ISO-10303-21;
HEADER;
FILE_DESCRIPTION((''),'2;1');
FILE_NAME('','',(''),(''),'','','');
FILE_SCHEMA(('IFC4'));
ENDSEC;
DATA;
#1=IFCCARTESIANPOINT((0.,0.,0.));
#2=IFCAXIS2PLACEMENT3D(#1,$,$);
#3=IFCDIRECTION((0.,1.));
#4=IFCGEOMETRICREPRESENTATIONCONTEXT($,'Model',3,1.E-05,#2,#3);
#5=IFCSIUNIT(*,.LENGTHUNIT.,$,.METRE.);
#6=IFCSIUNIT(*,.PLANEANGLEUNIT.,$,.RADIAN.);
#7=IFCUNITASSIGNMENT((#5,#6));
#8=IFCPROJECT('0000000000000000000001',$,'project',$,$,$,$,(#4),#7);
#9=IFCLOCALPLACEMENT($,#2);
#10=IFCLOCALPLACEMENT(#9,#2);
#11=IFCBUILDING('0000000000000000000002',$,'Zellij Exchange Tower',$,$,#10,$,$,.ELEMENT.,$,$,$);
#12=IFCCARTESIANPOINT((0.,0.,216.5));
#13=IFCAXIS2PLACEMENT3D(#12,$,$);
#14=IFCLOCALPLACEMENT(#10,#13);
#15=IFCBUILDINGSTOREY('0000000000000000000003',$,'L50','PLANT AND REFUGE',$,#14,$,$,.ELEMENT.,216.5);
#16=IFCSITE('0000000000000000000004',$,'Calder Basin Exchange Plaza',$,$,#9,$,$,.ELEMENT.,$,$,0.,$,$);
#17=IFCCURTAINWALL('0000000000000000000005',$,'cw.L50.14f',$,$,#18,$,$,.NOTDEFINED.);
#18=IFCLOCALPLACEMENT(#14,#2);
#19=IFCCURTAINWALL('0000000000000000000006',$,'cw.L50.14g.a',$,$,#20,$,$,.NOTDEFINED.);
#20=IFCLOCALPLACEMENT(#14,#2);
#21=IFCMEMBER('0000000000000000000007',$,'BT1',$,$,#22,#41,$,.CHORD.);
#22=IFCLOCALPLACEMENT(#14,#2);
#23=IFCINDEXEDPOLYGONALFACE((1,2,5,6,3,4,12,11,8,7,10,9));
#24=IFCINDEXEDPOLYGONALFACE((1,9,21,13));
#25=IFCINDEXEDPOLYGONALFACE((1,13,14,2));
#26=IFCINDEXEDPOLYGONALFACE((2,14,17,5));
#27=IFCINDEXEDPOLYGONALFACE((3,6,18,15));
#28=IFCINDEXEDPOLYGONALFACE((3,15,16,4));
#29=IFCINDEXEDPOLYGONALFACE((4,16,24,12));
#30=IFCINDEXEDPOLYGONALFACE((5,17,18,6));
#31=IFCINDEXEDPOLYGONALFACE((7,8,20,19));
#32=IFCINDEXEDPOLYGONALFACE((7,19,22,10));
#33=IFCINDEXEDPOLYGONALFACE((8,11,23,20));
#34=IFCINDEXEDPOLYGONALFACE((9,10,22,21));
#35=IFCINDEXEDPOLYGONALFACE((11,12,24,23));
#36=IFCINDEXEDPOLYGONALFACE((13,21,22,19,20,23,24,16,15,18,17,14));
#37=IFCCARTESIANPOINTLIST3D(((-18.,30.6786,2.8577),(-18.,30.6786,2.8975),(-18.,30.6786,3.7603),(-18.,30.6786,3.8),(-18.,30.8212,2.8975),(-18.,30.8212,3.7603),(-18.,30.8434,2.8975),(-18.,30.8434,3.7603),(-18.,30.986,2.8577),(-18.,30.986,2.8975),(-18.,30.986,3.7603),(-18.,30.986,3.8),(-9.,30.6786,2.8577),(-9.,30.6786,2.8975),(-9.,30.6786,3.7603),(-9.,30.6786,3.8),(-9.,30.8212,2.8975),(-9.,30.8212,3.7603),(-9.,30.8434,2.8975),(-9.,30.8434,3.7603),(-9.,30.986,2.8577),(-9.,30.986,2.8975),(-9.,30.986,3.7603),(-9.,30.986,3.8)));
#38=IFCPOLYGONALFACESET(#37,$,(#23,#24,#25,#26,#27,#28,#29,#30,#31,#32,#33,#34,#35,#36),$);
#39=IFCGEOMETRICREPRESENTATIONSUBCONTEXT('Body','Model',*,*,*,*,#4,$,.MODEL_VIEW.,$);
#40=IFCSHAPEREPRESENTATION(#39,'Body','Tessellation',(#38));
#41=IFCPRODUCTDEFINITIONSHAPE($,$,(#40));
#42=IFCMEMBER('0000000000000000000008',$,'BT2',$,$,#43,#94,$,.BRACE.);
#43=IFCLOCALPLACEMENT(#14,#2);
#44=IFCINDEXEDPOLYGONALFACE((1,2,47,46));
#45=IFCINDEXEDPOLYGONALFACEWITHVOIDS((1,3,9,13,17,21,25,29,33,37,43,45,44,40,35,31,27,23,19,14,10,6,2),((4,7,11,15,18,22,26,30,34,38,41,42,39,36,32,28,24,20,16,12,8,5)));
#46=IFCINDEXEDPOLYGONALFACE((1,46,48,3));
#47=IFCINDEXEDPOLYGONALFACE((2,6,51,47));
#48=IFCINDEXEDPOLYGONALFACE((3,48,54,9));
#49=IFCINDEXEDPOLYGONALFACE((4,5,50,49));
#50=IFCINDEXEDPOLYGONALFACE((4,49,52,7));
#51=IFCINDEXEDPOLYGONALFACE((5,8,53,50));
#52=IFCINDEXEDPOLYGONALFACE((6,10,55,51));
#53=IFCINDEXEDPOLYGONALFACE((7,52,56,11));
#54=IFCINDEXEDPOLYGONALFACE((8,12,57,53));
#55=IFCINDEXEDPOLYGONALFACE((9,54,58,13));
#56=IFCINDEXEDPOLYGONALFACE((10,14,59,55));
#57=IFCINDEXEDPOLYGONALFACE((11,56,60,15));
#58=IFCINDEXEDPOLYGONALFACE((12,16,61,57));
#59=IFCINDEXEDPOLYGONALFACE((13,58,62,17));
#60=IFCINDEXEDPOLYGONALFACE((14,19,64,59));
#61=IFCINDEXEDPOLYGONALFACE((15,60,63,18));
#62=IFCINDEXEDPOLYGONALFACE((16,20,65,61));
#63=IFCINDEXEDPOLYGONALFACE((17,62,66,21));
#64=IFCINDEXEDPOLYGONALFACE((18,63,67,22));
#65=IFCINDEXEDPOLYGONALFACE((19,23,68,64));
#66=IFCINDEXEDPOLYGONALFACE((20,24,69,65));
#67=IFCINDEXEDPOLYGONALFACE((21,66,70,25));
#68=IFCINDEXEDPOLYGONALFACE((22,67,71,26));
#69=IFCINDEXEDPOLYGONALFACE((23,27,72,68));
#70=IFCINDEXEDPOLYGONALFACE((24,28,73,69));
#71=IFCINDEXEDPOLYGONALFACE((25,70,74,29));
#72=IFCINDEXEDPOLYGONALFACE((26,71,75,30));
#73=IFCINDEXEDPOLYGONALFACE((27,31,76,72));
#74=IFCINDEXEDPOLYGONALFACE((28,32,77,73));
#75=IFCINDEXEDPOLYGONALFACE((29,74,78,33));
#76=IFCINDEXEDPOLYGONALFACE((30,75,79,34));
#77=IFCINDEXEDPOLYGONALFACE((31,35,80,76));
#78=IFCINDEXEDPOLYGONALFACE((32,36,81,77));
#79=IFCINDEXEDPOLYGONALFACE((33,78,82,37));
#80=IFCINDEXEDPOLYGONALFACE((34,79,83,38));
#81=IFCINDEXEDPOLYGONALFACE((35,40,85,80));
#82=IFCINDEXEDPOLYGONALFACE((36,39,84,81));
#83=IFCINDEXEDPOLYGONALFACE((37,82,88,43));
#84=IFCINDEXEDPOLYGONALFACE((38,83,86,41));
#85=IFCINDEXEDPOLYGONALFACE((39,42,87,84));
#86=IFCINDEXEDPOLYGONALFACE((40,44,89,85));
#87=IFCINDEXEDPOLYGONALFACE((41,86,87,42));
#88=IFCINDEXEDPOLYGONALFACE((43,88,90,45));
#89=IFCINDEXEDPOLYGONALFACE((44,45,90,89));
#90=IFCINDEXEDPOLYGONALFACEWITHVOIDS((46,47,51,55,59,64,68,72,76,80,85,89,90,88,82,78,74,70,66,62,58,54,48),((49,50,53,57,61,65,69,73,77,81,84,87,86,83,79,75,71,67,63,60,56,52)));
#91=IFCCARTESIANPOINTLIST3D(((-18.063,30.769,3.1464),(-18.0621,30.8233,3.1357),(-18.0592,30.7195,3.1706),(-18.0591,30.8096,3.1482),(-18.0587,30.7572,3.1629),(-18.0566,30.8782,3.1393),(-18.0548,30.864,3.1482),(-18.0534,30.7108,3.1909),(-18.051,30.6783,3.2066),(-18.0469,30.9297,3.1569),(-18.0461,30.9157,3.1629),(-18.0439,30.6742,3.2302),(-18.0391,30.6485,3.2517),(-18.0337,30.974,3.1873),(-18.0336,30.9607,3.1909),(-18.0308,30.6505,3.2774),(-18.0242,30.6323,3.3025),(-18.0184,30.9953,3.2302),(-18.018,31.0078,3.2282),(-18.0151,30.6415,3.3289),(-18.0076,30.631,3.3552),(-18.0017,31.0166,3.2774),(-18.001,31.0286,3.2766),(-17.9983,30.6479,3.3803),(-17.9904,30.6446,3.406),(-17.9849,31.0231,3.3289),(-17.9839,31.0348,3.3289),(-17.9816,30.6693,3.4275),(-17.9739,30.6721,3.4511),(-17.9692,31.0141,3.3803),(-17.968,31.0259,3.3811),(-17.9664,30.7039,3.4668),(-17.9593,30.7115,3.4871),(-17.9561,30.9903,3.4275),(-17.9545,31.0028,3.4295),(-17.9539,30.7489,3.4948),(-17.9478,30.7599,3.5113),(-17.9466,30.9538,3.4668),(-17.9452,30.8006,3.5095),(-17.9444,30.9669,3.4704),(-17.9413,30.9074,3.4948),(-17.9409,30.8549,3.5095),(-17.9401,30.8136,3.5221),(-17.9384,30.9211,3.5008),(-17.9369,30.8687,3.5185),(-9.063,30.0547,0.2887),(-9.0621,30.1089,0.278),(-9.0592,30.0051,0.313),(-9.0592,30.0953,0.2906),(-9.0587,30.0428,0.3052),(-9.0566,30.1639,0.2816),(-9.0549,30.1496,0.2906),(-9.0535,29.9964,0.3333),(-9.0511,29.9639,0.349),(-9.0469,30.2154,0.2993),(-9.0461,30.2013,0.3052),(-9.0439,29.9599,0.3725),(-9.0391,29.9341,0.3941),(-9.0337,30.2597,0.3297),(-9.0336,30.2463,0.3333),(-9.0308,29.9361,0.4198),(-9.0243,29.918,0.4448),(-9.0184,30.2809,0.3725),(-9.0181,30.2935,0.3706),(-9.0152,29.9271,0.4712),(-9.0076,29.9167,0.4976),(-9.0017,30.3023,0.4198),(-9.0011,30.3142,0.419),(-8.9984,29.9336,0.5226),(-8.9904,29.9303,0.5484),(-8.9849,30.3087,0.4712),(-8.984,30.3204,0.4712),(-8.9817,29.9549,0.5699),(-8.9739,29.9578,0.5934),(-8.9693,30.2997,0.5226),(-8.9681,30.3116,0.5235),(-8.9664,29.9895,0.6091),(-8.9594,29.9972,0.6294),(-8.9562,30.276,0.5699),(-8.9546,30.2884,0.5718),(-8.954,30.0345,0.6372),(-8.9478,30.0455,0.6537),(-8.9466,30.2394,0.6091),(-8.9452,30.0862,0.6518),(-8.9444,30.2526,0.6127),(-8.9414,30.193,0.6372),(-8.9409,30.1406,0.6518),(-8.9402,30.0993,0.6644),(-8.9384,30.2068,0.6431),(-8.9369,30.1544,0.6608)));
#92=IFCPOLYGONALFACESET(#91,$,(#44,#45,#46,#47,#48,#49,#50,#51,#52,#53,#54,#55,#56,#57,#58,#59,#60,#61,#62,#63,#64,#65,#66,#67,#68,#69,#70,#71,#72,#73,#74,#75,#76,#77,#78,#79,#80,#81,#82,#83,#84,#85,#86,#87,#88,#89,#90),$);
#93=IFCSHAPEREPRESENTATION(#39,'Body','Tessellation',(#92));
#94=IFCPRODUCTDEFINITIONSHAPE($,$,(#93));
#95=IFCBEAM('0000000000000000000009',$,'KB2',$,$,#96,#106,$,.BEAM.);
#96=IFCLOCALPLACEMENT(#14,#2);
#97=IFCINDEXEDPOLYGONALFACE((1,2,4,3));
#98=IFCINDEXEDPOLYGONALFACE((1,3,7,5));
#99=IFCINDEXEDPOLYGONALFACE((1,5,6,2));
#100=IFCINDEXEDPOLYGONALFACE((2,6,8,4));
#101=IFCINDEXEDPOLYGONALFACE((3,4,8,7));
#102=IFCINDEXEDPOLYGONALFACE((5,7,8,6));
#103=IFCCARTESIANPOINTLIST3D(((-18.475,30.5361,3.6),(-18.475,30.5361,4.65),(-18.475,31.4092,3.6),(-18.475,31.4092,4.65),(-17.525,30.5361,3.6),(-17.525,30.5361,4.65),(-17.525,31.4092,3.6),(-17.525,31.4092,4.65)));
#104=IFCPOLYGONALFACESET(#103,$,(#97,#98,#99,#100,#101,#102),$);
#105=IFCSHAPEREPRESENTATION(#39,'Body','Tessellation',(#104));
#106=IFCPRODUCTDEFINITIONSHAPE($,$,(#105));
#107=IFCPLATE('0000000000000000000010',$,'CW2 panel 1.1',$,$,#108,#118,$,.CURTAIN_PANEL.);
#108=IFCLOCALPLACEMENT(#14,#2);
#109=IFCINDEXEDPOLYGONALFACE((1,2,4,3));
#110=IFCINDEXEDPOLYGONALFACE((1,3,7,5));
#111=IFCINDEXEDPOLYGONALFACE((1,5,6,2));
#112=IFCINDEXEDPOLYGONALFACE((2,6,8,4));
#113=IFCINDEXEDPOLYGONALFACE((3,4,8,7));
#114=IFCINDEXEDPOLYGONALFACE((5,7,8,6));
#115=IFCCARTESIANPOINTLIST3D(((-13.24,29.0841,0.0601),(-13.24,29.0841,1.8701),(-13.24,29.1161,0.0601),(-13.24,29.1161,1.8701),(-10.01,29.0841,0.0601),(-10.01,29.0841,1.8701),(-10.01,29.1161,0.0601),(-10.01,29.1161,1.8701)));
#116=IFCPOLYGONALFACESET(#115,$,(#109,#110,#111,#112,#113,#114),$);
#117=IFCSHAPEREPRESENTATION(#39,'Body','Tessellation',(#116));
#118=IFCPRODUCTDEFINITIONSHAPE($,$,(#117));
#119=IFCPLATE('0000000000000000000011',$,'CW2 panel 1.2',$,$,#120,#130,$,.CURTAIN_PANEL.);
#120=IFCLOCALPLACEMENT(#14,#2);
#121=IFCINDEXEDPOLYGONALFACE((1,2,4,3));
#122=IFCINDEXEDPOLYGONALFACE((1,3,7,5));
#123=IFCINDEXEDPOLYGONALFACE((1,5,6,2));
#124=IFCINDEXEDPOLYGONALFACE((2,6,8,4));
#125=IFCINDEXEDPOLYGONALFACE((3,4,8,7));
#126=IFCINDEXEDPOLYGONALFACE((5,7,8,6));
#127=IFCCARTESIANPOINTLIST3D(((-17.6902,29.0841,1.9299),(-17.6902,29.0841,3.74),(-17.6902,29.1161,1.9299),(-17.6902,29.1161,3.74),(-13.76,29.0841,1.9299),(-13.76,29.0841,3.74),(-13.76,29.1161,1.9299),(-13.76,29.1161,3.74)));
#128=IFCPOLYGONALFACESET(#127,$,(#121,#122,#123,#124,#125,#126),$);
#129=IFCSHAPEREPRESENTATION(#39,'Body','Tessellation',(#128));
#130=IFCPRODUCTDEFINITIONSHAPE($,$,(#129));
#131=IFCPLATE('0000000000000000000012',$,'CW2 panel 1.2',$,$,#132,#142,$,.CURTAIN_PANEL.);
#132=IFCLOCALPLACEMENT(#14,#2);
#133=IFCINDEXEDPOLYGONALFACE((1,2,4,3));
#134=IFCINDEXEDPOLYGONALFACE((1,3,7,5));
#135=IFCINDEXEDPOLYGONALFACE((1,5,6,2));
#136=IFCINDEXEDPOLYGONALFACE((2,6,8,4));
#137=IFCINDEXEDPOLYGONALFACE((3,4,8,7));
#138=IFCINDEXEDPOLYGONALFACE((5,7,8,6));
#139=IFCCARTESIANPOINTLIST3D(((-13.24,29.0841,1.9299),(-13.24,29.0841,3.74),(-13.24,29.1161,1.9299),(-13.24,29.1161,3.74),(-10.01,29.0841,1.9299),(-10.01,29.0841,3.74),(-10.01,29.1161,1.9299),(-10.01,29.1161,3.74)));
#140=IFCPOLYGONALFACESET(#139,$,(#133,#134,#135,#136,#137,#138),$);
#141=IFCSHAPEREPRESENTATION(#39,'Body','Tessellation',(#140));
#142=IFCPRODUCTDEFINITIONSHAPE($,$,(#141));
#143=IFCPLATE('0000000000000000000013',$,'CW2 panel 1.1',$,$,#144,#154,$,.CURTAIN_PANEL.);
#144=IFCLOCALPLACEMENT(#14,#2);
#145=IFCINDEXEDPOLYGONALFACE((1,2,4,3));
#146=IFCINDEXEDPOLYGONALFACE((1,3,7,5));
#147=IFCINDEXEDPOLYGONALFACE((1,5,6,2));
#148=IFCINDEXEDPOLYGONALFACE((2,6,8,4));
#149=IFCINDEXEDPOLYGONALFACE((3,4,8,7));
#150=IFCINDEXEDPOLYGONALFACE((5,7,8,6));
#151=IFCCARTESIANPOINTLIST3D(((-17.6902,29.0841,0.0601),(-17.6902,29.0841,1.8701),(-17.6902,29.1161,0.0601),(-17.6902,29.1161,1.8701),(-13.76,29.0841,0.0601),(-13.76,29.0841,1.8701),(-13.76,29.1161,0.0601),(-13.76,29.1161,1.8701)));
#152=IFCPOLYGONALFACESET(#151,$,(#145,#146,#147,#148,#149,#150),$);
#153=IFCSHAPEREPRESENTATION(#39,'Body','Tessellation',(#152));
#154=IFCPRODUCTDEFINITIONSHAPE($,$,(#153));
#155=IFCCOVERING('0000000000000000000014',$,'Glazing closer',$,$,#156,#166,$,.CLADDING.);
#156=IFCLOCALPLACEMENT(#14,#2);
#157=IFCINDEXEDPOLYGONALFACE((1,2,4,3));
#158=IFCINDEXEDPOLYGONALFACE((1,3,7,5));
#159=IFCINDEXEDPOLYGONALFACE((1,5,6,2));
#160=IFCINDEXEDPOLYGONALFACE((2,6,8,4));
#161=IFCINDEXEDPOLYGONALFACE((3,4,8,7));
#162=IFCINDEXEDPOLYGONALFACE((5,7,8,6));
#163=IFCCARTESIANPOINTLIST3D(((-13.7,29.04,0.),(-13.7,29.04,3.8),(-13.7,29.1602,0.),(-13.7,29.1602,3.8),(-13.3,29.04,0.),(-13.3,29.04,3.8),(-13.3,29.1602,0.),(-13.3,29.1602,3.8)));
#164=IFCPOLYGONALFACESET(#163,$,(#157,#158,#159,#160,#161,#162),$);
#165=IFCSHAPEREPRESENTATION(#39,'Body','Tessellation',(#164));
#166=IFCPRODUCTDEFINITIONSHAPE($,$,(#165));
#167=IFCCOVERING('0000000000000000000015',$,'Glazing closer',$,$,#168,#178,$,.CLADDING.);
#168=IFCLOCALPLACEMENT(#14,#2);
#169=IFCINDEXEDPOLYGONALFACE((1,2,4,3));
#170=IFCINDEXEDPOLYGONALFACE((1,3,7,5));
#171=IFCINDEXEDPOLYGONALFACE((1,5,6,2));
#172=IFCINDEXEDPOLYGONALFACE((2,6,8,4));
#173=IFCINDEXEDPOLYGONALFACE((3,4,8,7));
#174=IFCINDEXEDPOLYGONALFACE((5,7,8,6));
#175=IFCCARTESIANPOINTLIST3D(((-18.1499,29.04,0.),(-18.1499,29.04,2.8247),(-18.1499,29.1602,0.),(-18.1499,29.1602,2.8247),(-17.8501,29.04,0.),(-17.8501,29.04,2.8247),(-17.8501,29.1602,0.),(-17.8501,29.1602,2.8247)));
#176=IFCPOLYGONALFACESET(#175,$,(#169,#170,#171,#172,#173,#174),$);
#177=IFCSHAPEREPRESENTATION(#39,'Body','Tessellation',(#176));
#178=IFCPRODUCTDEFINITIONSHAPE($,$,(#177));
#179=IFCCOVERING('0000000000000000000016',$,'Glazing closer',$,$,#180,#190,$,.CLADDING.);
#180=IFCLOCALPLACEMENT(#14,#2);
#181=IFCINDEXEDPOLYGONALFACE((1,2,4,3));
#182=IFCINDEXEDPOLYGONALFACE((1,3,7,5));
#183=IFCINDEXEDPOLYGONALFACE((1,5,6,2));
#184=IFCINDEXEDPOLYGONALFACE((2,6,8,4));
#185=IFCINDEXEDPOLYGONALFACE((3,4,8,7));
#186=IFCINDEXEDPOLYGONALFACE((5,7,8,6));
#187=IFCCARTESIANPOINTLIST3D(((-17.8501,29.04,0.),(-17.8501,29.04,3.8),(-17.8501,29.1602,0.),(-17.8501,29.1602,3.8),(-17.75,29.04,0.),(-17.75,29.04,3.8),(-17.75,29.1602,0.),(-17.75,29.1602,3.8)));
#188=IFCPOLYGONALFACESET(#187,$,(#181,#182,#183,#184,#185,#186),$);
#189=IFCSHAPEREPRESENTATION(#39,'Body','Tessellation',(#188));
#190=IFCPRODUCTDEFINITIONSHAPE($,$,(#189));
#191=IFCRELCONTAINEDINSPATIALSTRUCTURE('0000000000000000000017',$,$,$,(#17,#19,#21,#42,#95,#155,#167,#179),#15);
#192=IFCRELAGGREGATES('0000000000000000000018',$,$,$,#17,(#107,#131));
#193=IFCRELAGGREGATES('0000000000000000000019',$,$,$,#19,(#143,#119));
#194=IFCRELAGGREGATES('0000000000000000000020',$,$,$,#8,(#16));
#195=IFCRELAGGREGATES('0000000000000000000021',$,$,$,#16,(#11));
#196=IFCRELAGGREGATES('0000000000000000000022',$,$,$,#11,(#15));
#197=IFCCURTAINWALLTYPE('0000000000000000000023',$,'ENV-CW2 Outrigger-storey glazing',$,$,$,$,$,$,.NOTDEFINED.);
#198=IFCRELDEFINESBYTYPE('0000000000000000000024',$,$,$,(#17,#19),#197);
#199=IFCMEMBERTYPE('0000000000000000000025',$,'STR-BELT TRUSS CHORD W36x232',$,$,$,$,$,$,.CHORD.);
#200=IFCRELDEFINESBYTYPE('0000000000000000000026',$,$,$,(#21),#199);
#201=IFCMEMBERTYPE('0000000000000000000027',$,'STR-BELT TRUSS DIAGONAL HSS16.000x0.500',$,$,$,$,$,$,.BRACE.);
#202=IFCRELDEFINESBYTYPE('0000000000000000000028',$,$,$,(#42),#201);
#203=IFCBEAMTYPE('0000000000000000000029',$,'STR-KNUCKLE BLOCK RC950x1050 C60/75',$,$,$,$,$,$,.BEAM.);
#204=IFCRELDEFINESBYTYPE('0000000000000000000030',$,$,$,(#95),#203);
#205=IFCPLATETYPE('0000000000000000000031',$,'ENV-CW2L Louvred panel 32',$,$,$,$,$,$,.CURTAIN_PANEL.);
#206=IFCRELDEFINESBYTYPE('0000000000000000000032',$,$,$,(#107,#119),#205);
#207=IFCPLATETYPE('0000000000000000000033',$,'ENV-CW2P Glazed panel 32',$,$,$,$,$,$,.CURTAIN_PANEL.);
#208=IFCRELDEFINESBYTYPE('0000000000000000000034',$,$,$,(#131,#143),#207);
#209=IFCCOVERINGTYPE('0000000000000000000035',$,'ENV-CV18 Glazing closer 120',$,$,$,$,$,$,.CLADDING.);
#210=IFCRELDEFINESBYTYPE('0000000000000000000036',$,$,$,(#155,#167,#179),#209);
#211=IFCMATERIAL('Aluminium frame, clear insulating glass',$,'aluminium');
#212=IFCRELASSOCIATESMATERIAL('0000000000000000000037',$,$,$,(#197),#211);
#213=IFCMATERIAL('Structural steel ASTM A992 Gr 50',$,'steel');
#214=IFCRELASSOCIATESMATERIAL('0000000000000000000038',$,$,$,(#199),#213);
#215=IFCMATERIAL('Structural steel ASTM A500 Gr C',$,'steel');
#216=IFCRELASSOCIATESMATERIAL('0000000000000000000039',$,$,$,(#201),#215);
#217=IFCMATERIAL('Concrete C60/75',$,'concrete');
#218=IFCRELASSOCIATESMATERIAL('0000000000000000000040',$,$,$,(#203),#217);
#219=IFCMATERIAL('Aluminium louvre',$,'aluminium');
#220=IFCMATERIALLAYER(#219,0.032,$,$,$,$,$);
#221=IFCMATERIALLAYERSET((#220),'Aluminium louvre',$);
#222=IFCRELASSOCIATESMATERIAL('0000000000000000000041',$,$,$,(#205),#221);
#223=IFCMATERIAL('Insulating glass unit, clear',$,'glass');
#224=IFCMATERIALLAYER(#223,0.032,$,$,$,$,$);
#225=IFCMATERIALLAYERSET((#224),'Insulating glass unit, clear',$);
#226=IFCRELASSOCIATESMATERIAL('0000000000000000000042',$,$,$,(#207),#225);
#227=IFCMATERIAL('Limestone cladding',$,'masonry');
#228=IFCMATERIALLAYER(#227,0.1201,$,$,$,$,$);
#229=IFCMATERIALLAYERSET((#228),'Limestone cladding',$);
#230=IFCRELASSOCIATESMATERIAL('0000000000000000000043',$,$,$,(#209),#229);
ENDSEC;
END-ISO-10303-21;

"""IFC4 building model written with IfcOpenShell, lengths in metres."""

from ifc_helpers import new_model, si_unit, direction, frame, origin, origin_2d, place, context, subcontext, project, spatial, rectangle, hollow_circle, i_section, extrude, material, layer, layer_set, material_profile, profile_set, type_object, element, aggregate, save


model = new_model("IFC4")

# Units and contexts
model_context = context("Model", 3, precision=1e-05, world=origin(), true_north=direction((0.0, 1.0)))
body_context = subcontext(model_context, "Body", "Model", "MODEL_VIEW")
ifc_project = project(units=[si_unit("LENGTHUNIT", "METRE"), si_unit("PLANEANGLEUNIT", "RADIAN")], contexts=[model_context])

# Site, building, storey
site_placement = place(None, origin())
site = spatial("IfcSite", under=ifc_project, at=site_placement, Name="Calder Basin Exchange Plaza", CompositionType="ELEMENT", RefElevation=0.0)
building_placement = place(site_placement, origin())
building = spatial("IfcBuilding", under=site, at=building_placement, Name="Zellij Exchange Tower", CompositionType="ELEMENT")
storey_placement = place(building_placement, frame((0.0, 0.0, 216.5)))
storey = spatial("IfcBuildingStorey", under=building, at=storey_placement, Name="L50", Description="PLANT AND REFUGE", CompositionType="ELEMENT", Elevation=216.5)

# Shared definitions
ifc_material_1 = material(Name="Concrete C60/75", Category="concrete")

# Curtain walls
ifc_material_2 = material(Name="Aluminium frame, clear insulating glass", Category="aluminium")
curtain_wall_type = type_object("IfcCurtainWallType", Name="ENV-CW2 Outrigger-storey glazing", PredefinedType="NOTDEFINED", material=ifc_material_2)
curtain_wall_1_placement = place(storey_placement, origin())
curtain_wall_1 = element("IfcCurtainWall", 1, at=curtain_wall_1_placement, inside=storey, type_object=curtain_wall_type, Name="cw.L50.14f", PredefinedType="NOTDEFINED")
curtain_wall_2_placement = place(storey_placement, origin())
curtain_wall_2 = element("IfcCurtainWall", 2, at=curtain_wall_2_placement, inside=storey, type_object=curtain_wall_type, Name="cw.L50.14g.a", PredefinedType="NOTDEFINED")

# Members
ifc_material_3 = material(Name="Structural steel ASTM A992 Gr 50", Category="steel")
ifc_material_profile_1 = material_profile(ifc_material_3, i_section(OverallWidth=0.3074, OverallDepth=0.9424, WebThickness=0.0222, FlangeThickness=0.0398, at=origin_2d()), Name="W36x232")
ifc_profile_set_1 = profile_set([ifc_material_profile_1], Name="Structural steel ASTM A992 Gr 50")
member_type_1 = type_object("IfcMemberType", Name="STR-BELT TRUSS CHORD W36x232", PredefinedType="CHORD", material=ifc_profile_set_1)
for number, where, z_axis, x_axis, name in (
    (3, (-18.0, 30.8323, 3.3289), (1.0, 0.0, 0.0), (0.0, 1.0, 0.0), "BT1"),
):
    element("IfcMember", number, at=place(storey_placement, frame(where, z_axis=z_axis, x_axis=x_axis)), inside=storey, type_object=member_type_1, Name=name, PredefinedType="CHORD", context=body_context, shape_type="SweptSolid", body=[
        extrude(i_section(OverallWidth=0.3074, OverallDepth=0.9424, WebThickness=0.0222, FlangeThickness=0.0398, at=origin_2d()), origin(), (0.0, 0.0, 1.0), 9.0),
    ])
ifc_material_4 = material(Name="Structural steel ASTM A500 Gr C", Category="steel")
ifc_material_profile_2 = material_profile(ifc_material_4, hollow_circle(Radius=0.2031, WallThickness=0.0117, at=origin_2d()), Name="STR-BELT TRUSS DIAGONAL HSS16.000x0.500")
ifc_profile_set_2 = profile_set([ifc_material_profile_2], Name="Structural steel ASTM A500 Gr C")
member_type_2 = type_object("IfcMemberType", Name="STR-BELT TRUSS DIAGONAL HSS16.000x0.500", PredefinedType="BRACE", material=ifc_profile_set_2)
member_1_placement = place(storey_placement, frame((-18.0, 30.8323, 3.3289), z_axis=(0.950393, -0.075435, -0.301767), x_axis=(0.079124, 0.996865, 0.0)))
element("IfcMember", 4, at=member_1_placement, inside=storey, type_object=member_type_2, Name="BT2", PredefinedType="BRACE", context=body_context, shape_type="SweptSolid", body=[
    extrude(hollow_circle(Radius=0.2031, WallThickness=0.0117, at=origin_2d()), origin(), (0.0, 0.0, 1.0), 9.4697),
])

# Beam
ifc_material_profile_3 = material_profile(ifc_material_1, rectangle(XDim=0.95, YDim=1.05, at=origin_2d()), Name="STR-KNUCKLE BLOCK RC950x1050 C60/75")
ifc_profile_set_3 = profile_set([ifc_material_profile_3], Name="Concrete C60/75")
beam_type = type_object("IfcBeamType", Name="STR-KNUCKLE BLOCK RC950x1050 C60/75", PredefinedType="BEAM", material=ifc_profile_set_3)
beam_placement = place(storey_placement, frame((-18.0, 30.5361, 4.125), z_axis=(0.0, 1.0, 0.0), x_axis=(-1.0, 0.0, 0.0)))
element("IfcBeam", 5, at=beam_placement, inside=storey, type_object=beam_type, Name="KB2", PredefinedType="BEAM", context=body_context, shape_type="SweptSolid", body=[
    extrude(rectangle(XDim=0.95, YDim=1.05, at=origin_2d()), origin(), (0.0, 0.0, 1.0), 0.873),
])

# Plates
ifc_material_5 = material(Name="Aluminium louvre", Category="aluminium")
ifc_layer_1 = layer(ifc_material_5, 0.032)
ifc_layer_set_1 = layer_set([ifc_layer_1], Name="Aluminium louvre")
plate_type_1 = type_object("IfcPlateType", Name="ENV-CW2L Louvred panel 32", PredefinedType="CURTAIN_PANEL", material=ifc_layer_set_1)
plate_1_placement = place(storey_placement, frame((-11.625, 29.1001, 0.0601), z_axis=(0.0, 0.0, 1.0), x_axis=(-1.0, 0.0, 0.0)))
plate_1 = element("IfcPlate", 6, at=plate_1_placement, type_object=plate_type_1, Name="CW2 panel 1.1", PredefinedType="CURTAIN_PANEL", context=body_context, shape_type="SweptSolid", body=[
    extrude(rectangle(XDim=3.23, YDim=0.032, at=origin_2d()), origin(), (0.0, 0.0, 1.0), 1.8101),
])
plate_2_placement = place(storey_placement, frame((-15.7251, 29.1001, 1.9299), z_axis=(0.0, 0.0, 1.0), x_axis=(-1.0, 0.0, 0.0)))
plate_2 = element("IfcPlate", 7, at=plate_2_placement, type_object=plate_type_1, Name="CW2 panel 1.2", PredefinedType="CURTAIN_PANEL", context=body_context, shape_type="SweptSolid", body=[
    extrude(rectangle(XDim=3.9302, YDim=0.032, at=origin_2d()), origin(), (0.0, 0.0, 1.0), 1.8101),
])
ifc_material_6 = material(Name="Insulating glass unit, clear", Category="glass")
ifc_layer_2 = layer(ifc_material_6, 0.032)
ifc_layer_set_2 = layer_set([ifc_layer_2], Name="Insulating glass unit, clear")
plate_type_2 = type_object("IfcPlateType", Name="ENV-CW2P Glazed panel 32", PredefinedType="CURTAIN_PANEL", material=ifc_layer_set_2)
plate_3_placement = place(storey_placement, frame((-11.625, 29.1001, 1.9299), z_axis=(0.0, 0.0, 1.0), x_axis=(-1.0, 0.0, 0.0)))
plate_3 = element("IfcPlate", 8, at=plate_3_placement, type_object=plate_type_2, Name="CW2 panel 1.2", PredefinedType="CURTAIN_PANEL", context=body_context, shape_type="SweptSolid", body=[
    extrude(rectangle(XDim=3.23, YDim=0.032, at=origin_2d()), origin(), (0.0, 0.0, 1.0), 1.8101),
])
aggregate(curtain_wall_1, [plate_1, plate_3])
plate_4_placement = place(storey_placement, frame((-15.7251, 29.1001, 0.0601), z_axis=(0.0, 0.0, 1.0), x_axis=(-1.0, 0.0, 0.0)))
plate_4 = element("IfcPlate", 9, at=plate_4_placement, type_object=plate_type_2, Name="CW2 panel 1.1", PredefinedType="CURTAIN_PANEL", context=body_context, shape_type="SweptSolid", body=[
    extrude(rectangle(XDim=3.9302, YDim=0.032, at=origin_2d()), origin(), (0.0, 0.0, 1.0), 1.8101),
])
aggregate(curtain_wall_2, [plate_4, plate_2])

# Coverings
ifc_material_7 = material(Name="Limestone cladding", Category="masonry")
ifc_layer_3 = layer(ifc_material_7, 0.1201)
ifc_layer_set_3 = layer_set([ifc_layer_3], Name="Limestone cladding")
covering_type = type_object("IfcCoveringType", Name="ENV-CV18 Glazing closer 120", PredefinedType="CLADDING", material=ifc_layer_set_3)
covering_1_placement = place(storey_placement, frame((-13.5, 29.1001, 0.0), z_axis=(0.0, 0.0, 1.0), x_axis=(-1.0, 0.0, 0.0)))
element("IfcCovering", 10, at=covering_1_placement, inside=storey, type_object=covering_type, Name="Glazing closer", PredefinedType="CLADDING", context=body_context, shape_type="SweptSolid", body=[
    extrude(rectangle(XDim=0.3999, YDim=0.1201, at=origin_2d()), origin(), (0.0, 0.0, 1.0), 3.8),
])
covering_2_placement = place(storey_placement, frame((-18.0, 29.1001, 0.0), z_axis=(0.0, 0.0, 1.0), x_axis=(-1.0, 0.0, 0.0)))
element("IfcCovering", 11, at=covering_2_placement, inside=storey, type_object=covering_type, Name="Glazing closer", PredefinedType="CLADDING", context=body_context, shape_type="SweptSolid", body=[
    extrude(rectangle(XDim=0.2998, YDim=0.1201, at=origin_2d()), origin(), (0.0, 0.0, 1.0), 2.8247),
])
covering_3_placement = place(storey_placement, frame((-17.8, 29.1001, 0.0), z_axis=(0.0, 0.0, 1.0), x_axis=(-1.0, 0.0, 0.0)))
element("IfcCovering", 12, at=covering_3_placement, inside=storey, type_object=covering_type, Name="Glazing closer", PredefinedType="CLADDING", context=body_context, shape_type="SweptSolid", body=[
    extrude(rectangle(XDim=0.1001, YDim=0.1201, at=origin_2d()), origin(), (0.0, 0.0, 1.0), 3.8),
])

save(model, "model.ifc")
